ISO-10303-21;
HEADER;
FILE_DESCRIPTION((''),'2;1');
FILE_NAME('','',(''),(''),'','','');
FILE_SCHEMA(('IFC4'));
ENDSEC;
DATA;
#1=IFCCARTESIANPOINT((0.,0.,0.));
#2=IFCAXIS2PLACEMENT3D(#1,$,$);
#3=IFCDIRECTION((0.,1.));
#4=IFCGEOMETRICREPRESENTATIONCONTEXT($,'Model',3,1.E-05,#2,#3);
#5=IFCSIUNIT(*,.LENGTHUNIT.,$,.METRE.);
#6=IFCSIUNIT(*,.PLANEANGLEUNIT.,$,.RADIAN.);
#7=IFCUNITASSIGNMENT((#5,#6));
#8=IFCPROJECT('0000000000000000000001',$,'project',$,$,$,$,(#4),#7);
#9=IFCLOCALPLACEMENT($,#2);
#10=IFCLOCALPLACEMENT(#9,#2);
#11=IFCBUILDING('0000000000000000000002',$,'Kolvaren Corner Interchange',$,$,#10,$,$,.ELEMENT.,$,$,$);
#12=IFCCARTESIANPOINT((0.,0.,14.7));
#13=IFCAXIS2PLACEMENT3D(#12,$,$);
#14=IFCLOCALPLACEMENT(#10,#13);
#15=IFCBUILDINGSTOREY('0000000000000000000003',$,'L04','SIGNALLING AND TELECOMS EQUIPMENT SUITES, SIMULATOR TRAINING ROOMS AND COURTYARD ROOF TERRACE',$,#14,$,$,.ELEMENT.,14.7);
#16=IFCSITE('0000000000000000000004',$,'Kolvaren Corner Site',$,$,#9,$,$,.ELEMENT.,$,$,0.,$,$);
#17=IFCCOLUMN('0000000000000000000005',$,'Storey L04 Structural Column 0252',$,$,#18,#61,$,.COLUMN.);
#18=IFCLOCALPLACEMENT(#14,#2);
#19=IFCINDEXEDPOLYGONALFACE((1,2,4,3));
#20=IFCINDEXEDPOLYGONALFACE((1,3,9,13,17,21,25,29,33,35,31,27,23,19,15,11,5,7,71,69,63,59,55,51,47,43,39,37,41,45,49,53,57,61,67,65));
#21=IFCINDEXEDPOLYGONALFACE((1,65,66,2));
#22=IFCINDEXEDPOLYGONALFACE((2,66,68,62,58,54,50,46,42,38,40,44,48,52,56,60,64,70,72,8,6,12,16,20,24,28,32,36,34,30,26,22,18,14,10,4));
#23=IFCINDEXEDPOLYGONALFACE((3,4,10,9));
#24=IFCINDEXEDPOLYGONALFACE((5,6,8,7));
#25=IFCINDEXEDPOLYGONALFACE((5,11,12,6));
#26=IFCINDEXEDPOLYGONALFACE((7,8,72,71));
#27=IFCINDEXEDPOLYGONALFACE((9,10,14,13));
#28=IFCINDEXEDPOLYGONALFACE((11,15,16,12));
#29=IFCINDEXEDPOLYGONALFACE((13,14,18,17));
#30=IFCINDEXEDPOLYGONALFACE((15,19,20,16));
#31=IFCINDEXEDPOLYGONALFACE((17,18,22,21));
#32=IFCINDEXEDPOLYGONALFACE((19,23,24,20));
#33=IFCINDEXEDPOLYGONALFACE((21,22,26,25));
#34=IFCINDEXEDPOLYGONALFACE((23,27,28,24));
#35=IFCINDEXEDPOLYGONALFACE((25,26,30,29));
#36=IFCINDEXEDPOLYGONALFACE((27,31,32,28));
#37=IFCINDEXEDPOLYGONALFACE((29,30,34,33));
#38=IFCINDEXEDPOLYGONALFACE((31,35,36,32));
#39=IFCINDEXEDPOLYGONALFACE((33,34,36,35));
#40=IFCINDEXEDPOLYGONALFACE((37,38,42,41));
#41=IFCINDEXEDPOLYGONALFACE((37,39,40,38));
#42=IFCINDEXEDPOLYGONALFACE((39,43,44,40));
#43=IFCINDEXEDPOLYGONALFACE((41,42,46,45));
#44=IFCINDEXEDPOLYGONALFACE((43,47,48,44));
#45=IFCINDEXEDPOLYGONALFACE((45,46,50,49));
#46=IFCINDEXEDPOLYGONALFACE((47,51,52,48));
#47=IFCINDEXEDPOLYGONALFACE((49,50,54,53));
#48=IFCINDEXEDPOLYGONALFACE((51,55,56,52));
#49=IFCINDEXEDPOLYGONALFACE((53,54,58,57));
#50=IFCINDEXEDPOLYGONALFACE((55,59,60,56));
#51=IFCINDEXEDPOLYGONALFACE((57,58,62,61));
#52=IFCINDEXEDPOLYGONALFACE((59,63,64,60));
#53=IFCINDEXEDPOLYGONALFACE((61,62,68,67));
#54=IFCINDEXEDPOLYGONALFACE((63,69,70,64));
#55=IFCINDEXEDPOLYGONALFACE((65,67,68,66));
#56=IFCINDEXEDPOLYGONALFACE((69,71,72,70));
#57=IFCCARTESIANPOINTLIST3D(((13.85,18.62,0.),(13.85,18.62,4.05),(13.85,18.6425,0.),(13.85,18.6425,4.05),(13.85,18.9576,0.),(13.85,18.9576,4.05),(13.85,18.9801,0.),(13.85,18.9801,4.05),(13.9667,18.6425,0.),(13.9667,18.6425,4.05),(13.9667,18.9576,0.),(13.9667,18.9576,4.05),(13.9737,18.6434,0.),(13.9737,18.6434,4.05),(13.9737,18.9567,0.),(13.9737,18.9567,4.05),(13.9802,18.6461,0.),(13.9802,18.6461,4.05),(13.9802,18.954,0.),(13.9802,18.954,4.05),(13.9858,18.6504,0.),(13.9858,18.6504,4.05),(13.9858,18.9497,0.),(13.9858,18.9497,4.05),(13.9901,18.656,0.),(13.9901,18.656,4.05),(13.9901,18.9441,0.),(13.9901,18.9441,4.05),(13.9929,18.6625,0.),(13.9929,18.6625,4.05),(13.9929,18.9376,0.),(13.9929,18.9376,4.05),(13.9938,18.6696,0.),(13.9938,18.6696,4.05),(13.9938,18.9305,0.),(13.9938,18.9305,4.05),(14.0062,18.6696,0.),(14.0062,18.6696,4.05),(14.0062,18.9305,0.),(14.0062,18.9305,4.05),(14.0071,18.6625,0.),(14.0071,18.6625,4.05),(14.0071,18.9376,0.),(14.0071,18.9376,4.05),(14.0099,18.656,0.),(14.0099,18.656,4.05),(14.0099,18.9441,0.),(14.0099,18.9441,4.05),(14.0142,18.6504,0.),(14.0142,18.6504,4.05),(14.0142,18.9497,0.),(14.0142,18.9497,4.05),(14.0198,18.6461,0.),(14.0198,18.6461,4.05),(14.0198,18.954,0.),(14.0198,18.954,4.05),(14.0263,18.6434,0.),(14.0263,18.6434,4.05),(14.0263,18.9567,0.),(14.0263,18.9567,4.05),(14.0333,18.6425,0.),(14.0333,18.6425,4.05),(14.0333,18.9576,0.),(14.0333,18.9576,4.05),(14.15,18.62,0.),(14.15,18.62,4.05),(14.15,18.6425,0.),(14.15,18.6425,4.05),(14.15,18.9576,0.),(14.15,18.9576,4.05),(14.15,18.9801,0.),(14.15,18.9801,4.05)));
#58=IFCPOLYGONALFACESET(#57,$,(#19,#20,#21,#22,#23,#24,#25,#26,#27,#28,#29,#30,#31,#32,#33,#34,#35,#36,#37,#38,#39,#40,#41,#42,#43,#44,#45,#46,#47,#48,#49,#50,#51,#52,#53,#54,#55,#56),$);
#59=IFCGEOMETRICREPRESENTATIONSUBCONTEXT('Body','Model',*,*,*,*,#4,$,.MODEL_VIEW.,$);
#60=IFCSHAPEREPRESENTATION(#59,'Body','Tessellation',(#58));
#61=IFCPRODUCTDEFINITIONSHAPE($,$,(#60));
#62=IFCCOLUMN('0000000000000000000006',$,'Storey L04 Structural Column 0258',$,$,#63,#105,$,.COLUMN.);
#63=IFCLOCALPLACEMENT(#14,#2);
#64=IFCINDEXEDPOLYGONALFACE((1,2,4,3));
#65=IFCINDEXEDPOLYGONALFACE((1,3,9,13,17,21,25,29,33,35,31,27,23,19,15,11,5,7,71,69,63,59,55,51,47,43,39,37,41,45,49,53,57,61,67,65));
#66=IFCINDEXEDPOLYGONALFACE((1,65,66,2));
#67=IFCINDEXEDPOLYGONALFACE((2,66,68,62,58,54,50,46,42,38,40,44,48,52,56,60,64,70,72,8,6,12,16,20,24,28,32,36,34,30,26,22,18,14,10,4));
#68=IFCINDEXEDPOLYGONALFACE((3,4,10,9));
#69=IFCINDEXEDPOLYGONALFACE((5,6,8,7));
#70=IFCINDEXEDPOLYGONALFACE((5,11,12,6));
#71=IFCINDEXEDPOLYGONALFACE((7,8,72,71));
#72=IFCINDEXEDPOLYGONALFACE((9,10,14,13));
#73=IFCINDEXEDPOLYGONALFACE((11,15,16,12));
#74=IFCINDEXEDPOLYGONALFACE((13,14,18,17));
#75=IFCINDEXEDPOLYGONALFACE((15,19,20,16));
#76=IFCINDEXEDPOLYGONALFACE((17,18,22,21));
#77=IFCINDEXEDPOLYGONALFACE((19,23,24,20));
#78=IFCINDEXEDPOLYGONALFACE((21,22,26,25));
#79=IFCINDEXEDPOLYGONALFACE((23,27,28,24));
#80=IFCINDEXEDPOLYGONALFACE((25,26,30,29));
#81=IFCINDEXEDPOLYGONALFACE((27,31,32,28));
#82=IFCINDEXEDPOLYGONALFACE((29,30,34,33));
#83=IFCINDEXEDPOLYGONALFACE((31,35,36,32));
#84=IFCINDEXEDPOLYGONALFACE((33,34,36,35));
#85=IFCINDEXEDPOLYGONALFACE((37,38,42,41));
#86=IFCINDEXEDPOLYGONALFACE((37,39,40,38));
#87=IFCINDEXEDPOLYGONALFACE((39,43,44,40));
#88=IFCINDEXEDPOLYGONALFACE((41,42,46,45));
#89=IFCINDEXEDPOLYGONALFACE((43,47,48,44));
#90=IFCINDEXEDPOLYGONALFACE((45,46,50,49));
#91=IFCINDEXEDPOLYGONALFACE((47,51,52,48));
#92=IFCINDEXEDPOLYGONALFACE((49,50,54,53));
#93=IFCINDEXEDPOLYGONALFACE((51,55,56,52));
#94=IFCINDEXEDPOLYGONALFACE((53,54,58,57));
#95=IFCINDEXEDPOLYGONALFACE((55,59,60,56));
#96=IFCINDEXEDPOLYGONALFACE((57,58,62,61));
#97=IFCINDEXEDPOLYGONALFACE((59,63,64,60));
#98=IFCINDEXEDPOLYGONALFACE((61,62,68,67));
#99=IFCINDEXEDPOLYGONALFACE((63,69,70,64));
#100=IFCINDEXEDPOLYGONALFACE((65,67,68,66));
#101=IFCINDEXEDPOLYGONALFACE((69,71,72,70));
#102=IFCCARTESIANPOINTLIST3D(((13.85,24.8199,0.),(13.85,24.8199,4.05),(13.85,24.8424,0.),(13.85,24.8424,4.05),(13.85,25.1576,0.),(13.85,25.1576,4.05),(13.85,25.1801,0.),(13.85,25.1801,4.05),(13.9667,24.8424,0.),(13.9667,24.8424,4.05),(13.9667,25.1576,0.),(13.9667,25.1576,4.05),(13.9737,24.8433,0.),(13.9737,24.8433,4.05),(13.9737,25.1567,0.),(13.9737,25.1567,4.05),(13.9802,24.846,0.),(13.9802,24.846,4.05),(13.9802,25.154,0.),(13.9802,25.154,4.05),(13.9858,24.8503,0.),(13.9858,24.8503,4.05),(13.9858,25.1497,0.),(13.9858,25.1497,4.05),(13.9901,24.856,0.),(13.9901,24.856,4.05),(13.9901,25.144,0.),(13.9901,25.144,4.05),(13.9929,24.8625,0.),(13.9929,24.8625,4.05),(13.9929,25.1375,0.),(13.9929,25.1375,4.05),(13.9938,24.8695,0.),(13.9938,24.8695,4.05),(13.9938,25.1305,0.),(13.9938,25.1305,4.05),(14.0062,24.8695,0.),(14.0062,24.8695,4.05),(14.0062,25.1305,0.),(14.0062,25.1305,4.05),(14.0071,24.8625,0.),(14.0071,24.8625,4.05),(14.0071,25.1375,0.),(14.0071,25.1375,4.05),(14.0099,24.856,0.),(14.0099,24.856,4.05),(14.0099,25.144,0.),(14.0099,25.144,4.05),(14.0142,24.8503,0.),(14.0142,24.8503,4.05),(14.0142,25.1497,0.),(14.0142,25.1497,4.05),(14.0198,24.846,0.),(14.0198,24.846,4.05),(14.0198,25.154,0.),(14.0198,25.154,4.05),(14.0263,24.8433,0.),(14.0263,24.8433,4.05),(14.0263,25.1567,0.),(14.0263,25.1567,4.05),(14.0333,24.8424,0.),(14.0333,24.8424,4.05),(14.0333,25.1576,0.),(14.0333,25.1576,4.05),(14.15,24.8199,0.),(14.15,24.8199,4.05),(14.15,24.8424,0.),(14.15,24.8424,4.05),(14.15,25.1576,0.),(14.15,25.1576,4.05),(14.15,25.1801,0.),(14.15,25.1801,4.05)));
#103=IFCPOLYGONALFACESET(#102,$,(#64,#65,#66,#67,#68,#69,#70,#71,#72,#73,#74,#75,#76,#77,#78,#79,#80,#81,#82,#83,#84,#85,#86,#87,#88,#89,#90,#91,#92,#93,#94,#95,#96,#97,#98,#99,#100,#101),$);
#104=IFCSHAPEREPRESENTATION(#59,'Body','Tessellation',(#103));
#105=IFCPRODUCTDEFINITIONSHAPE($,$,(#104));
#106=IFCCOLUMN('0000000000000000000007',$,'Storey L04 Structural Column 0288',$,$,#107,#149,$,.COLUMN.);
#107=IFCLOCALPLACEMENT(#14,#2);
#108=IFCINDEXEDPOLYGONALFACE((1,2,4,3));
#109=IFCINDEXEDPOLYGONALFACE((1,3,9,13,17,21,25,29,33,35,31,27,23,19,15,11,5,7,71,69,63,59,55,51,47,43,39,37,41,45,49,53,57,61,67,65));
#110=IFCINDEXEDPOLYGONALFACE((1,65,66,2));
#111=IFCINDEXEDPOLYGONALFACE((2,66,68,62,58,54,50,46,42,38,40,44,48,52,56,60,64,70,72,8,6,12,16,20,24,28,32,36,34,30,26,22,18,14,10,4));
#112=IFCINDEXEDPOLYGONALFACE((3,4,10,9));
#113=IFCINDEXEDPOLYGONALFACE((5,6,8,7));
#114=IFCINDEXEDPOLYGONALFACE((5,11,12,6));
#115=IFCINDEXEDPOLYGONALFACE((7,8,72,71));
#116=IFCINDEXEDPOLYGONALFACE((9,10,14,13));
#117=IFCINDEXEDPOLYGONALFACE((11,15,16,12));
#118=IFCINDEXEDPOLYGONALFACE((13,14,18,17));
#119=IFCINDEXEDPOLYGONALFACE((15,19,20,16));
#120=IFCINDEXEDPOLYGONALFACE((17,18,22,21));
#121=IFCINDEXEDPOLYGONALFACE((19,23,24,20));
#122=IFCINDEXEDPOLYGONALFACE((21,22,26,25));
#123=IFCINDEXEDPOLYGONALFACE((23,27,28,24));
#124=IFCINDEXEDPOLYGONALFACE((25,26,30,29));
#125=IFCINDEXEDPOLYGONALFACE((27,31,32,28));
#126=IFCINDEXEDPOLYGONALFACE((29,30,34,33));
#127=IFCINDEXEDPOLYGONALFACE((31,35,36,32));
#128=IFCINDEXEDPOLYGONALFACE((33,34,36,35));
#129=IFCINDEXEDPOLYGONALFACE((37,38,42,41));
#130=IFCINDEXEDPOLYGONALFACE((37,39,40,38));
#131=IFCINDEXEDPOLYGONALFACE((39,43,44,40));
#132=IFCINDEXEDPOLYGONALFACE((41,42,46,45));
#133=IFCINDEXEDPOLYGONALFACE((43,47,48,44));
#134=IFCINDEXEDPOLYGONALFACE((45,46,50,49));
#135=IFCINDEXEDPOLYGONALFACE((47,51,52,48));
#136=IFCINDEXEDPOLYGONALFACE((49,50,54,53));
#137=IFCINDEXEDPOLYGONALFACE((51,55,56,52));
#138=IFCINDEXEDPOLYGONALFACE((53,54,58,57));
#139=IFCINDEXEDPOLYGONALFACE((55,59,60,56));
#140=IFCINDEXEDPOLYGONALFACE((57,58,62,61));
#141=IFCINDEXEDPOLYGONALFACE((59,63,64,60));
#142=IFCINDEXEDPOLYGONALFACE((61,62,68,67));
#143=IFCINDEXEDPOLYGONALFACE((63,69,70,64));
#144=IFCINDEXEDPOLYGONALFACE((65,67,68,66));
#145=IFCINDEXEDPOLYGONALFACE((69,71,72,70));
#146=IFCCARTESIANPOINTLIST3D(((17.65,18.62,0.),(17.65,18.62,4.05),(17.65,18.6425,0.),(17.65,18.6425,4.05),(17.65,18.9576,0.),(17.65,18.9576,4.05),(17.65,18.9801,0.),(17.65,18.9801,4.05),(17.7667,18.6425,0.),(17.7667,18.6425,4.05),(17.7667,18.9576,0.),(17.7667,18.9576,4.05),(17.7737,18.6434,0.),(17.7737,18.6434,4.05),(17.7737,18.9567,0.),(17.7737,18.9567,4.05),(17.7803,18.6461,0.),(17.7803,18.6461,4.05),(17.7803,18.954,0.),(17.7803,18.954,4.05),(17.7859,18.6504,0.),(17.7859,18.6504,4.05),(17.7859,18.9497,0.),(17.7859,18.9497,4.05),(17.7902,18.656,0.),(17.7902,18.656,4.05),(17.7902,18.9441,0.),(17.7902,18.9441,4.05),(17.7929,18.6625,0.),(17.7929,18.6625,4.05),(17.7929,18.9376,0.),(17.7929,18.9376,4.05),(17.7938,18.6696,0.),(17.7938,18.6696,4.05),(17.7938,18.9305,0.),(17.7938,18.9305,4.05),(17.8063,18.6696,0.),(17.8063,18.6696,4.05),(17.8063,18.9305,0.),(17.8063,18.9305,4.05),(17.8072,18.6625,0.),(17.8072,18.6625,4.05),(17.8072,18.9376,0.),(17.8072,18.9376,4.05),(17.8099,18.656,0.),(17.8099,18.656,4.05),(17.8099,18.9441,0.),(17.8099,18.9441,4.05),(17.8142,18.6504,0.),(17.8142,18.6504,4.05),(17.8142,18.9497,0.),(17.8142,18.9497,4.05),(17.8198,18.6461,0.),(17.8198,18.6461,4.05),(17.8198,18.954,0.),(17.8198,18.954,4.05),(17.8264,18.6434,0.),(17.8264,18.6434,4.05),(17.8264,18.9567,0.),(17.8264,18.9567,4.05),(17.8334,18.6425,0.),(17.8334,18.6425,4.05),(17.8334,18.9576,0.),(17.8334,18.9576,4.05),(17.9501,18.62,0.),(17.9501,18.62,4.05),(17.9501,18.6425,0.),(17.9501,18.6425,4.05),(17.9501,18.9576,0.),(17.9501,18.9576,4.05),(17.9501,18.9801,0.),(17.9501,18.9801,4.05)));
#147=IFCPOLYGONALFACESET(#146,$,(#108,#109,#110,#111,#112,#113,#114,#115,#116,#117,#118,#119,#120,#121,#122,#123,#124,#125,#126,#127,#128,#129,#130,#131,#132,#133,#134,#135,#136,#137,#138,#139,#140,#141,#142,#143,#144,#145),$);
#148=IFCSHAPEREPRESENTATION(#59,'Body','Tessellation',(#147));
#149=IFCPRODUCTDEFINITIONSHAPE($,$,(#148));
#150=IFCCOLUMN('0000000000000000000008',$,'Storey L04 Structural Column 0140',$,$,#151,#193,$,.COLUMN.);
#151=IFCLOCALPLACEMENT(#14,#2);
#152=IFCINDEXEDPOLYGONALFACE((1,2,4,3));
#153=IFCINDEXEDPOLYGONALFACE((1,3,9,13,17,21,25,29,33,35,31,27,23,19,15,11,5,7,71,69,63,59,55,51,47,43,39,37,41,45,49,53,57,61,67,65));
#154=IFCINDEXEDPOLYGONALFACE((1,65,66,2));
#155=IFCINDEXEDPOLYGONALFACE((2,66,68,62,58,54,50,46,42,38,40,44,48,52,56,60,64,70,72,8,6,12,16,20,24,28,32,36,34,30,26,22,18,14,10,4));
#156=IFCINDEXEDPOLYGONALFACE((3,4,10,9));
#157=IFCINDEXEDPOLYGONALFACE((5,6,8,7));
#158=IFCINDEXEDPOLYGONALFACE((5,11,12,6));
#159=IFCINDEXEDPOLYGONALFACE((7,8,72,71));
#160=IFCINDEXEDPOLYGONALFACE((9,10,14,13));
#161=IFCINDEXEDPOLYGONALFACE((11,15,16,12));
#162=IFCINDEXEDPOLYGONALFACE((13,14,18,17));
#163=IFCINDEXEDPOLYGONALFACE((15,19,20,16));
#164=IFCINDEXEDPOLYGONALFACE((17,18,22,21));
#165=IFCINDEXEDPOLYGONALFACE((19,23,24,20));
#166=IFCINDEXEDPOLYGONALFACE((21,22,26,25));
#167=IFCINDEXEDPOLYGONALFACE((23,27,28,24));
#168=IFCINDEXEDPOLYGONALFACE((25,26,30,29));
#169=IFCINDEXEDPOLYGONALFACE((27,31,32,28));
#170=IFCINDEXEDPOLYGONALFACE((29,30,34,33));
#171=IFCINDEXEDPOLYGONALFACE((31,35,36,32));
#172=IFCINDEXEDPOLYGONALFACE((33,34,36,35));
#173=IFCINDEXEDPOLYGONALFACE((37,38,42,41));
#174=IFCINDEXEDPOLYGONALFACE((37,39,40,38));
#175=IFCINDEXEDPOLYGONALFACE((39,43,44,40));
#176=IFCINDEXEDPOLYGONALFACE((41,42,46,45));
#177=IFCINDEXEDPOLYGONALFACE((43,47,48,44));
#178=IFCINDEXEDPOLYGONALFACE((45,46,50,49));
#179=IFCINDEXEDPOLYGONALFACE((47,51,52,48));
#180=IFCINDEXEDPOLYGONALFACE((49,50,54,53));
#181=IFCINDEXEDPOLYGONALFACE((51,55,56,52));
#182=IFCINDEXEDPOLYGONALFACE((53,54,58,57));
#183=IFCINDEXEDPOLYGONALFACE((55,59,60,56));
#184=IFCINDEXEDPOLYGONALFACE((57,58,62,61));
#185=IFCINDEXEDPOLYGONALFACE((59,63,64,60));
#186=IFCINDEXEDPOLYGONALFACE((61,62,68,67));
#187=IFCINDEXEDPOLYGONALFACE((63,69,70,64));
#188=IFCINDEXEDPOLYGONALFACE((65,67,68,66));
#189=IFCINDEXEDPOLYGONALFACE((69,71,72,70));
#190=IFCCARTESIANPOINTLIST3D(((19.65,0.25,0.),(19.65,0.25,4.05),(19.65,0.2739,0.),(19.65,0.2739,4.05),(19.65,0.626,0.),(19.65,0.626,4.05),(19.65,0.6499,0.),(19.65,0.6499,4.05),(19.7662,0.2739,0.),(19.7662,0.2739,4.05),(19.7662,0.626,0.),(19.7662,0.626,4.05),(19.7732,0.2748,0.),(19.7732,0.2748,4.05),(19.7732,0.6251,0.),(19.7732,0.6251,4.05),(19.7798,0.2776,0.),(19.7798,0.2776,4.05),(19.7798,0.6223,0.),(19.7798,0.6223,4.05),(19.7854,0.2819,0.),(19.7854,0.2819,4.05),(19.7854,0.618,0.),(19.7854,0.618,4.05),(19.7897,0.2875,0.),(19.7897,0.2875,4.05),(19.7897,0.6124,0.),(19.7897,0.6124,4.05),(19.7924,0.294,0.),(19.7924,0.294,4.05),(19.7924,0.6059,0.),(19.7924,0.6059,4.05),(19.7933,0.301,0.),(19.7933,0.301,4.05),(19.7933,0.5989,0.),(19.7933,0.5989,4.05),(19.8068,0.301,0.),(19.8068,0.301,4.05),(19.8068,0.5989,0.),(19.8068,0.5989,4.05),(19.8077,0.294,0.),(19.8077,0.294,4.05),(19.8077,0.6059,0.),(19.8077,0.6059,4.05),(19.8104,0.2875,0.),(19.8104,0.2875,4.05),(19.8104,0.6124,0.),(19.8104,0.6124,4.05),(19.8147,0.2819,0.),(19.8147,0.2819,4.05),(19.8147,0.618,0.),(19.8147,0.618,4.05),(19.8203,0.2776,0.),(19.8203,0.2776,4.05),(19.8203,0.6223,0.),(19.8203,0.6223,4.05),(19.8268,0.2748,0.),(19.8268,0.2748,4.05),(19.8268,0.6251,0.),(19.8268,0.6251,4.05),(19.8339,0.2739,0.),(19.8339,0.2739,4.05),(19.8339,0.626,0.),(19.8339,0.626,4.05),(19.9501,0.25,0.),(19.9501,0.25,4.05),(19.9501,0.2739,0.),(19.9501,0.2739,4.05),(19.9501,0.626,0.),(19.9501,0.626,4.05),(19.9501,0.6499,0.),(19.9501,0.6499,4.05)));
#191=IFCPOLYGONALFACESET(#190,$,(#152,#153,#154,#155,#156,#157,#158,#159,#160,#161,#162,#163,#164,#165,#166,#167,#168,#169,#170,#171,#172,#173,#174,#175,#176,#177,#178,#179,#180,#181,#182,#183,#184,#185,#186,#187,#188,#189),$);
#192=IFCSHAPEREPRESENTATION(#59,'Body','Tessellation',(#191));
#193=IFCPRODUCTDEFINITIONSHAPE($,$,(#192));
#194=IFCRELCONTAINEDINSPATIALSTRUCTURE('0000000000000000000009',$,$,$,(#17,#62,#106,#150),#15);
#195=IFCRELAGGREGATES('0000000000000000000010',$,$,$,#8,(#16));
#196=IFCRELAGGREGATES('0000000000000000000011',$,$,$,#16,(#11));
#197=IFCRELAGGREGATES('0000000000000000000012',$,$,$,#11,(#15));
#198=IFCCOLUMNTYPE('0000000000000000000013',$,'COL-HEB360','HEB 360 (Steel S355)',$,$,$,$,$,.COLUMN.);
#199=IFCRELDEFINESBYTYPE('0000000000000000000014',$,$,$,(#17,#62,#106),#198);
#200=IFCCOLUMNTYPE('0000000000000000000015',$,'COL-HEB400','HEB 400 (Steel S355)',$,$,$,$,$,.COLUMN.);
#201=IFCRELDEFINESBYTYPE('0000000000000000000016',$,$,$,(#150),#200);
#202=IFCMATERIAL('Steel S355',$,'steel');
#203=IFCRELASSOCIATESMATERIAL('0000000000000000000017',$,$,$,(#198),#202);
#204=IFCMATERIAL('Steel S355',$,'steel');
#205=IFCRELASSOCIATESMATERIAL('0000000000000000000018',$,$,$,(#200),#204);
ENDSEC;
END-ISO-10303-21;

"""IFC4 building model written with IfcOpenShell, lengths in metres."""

from ifc_helpers import new_model, si_unit, direction, frame, origin, origin_2d, place, context, subcontext, project, spatial, i_section, extrude, material, material_profile, profile_set, type_object, element, save


model = new_model("IFC4")

# Units and contexts
model_context = context("Model", 3, precision=1e-05, world=origin(), true_north=direction((0.0, 1.0)))
body_context = subcontext(model_context, "Body", "Model", "MODEL_VIEW")
ifc_project = project(units=[si_unit("LENGTHUNIT", "METRE"), si_unit("PLANEANGLEUNIT", "RADIAN")], contexts=[model_context])

# Site, building, storey
site_placement = place(None, origin())
site = spatial("IfcSite", under=ifc_project, at=site_placement, Name="Kolvaren Corner Site", CompositionType="ELEMENT", RefElevation=0.0)
building_placement = place(site_placement, origin())
building = spatial("IfcBuilding", under=site, at=building_placement, Name="Kolvaren Corner Interchange", CompositionType="ELEMENT")
storey_placement = place(building_placement, frame((0.0, 0.0, 14.7)))
storey = spatial("IfcBuildingStorey", under=building, at=storey_placement, Name="L04", Description="SIGNALLING AND TELECOMS EQUIPMENT SUITES, SIMULATOR TRAINING ROOMS AND COURTYARD ROOF TERRACE", CompositionType="ELEMENT", Elevation=14.7)

# Columns
ifc_material_1 = material(Name="Steel S355", Category="steel")
ifc_material_profile_1 = material_profile(ifc_material_1, i_section(OverallWidth=0.3, OverallDepth=0.3601, WebThickness=0.0125, FlangeThickness=0.0225, FilletRadius=0.0271, at=origin_2d()), Name="HEB 360")
ifc_profile_set_1 = profile_set([ifc_material_profile_1], Name="Steel S355")
column_type_1 = type_object("IfcColumnType", Name="COL-HEB360", Description="HEB 360 (Steel S355)", PredefinedType="COLUMN", material=ifc_profile_set_1)
for number, where, z_axis, x_axis, name in (
    (1, (14.0, 18.8, 0.0), (0.0, 0.0, 1.0), (1.0, 0.0, 0.0), "Storey L04 Structural Column 0252"),
    (2, (14.0, 25.0, 0.0), (0.0, 0.0, 1.0), (1.0, 0.0, 0.0), "Storey L04 Structural Column 0258"),
    (3, (17.8, 18.8, 0.0), (0.0, 0.0, 1.0), (1.0, 0.0, 0.0), "Storey L04 Structural Column 0288"),
):
    element("IfcColumn", number, at=place(storey_placement, frame(where, z_axis=z_axis, x_axis=x_axis)), inside=storey, type_object=column_type_1, Name=name, PredefinedType="COLUMN", context=body_context, shape_type="SweptSolid", body=[
        extrude(i_section(OverallWidth=0.3, OverallDepth=0.3601, WebThickness=0.0125, FlangeThickness=0.0225, FilletRadius=0.0271, at=origin_2d()), origin(), (0.0, 0.0, 1.0), 4.05),
    ])
ifc_material_2 = material(Name="Steel S355", Category="steel")
ifc_material_profile_2 = material_profile(ifc_material_2, i_section(OverallWidth=0.3, OverallDepth=0.3999, WebThickness=0.0134, FlangeThickness=0.0239, FilletRadius=0.0271, at=origin_2d()), Name="HEB 400")
ifc_profile_set_2 = profile_set([ifc_material_profile_2], Name="Steel S355")
column_type_2 = type_object("IfcColumnType", Name="COL-HEB400", Description="HEB 400 (Steel S355)", PredefinedType="COLUMN", material=ifc_profile_set_2)
column_placement = place(storey_placement, frame((19.8, 0.45, 0.0), z_axis=(0.0, 0.0, 1.0), x_axis=(1.0, 0.0, 0.0)))
element("IfcColumn", 4, at=column_placement, inside=storey, type_object=column_type_2, Name="Storey L04 Structural Column 0140", PredefinedType="COLUMN", context=body_context, shape_type="SweptSolid", body=[
    extrude(i_section(OverallWidth=0.3, OverallDepth=0.3999, WebThickness=0.0134, FlangeThickness=0.0239, FilletRadius=0.0271, at=origin_2d()), origin(), (0.0, 0.0, 1.0), 4.05),
])

save(model, "model.ifc")
